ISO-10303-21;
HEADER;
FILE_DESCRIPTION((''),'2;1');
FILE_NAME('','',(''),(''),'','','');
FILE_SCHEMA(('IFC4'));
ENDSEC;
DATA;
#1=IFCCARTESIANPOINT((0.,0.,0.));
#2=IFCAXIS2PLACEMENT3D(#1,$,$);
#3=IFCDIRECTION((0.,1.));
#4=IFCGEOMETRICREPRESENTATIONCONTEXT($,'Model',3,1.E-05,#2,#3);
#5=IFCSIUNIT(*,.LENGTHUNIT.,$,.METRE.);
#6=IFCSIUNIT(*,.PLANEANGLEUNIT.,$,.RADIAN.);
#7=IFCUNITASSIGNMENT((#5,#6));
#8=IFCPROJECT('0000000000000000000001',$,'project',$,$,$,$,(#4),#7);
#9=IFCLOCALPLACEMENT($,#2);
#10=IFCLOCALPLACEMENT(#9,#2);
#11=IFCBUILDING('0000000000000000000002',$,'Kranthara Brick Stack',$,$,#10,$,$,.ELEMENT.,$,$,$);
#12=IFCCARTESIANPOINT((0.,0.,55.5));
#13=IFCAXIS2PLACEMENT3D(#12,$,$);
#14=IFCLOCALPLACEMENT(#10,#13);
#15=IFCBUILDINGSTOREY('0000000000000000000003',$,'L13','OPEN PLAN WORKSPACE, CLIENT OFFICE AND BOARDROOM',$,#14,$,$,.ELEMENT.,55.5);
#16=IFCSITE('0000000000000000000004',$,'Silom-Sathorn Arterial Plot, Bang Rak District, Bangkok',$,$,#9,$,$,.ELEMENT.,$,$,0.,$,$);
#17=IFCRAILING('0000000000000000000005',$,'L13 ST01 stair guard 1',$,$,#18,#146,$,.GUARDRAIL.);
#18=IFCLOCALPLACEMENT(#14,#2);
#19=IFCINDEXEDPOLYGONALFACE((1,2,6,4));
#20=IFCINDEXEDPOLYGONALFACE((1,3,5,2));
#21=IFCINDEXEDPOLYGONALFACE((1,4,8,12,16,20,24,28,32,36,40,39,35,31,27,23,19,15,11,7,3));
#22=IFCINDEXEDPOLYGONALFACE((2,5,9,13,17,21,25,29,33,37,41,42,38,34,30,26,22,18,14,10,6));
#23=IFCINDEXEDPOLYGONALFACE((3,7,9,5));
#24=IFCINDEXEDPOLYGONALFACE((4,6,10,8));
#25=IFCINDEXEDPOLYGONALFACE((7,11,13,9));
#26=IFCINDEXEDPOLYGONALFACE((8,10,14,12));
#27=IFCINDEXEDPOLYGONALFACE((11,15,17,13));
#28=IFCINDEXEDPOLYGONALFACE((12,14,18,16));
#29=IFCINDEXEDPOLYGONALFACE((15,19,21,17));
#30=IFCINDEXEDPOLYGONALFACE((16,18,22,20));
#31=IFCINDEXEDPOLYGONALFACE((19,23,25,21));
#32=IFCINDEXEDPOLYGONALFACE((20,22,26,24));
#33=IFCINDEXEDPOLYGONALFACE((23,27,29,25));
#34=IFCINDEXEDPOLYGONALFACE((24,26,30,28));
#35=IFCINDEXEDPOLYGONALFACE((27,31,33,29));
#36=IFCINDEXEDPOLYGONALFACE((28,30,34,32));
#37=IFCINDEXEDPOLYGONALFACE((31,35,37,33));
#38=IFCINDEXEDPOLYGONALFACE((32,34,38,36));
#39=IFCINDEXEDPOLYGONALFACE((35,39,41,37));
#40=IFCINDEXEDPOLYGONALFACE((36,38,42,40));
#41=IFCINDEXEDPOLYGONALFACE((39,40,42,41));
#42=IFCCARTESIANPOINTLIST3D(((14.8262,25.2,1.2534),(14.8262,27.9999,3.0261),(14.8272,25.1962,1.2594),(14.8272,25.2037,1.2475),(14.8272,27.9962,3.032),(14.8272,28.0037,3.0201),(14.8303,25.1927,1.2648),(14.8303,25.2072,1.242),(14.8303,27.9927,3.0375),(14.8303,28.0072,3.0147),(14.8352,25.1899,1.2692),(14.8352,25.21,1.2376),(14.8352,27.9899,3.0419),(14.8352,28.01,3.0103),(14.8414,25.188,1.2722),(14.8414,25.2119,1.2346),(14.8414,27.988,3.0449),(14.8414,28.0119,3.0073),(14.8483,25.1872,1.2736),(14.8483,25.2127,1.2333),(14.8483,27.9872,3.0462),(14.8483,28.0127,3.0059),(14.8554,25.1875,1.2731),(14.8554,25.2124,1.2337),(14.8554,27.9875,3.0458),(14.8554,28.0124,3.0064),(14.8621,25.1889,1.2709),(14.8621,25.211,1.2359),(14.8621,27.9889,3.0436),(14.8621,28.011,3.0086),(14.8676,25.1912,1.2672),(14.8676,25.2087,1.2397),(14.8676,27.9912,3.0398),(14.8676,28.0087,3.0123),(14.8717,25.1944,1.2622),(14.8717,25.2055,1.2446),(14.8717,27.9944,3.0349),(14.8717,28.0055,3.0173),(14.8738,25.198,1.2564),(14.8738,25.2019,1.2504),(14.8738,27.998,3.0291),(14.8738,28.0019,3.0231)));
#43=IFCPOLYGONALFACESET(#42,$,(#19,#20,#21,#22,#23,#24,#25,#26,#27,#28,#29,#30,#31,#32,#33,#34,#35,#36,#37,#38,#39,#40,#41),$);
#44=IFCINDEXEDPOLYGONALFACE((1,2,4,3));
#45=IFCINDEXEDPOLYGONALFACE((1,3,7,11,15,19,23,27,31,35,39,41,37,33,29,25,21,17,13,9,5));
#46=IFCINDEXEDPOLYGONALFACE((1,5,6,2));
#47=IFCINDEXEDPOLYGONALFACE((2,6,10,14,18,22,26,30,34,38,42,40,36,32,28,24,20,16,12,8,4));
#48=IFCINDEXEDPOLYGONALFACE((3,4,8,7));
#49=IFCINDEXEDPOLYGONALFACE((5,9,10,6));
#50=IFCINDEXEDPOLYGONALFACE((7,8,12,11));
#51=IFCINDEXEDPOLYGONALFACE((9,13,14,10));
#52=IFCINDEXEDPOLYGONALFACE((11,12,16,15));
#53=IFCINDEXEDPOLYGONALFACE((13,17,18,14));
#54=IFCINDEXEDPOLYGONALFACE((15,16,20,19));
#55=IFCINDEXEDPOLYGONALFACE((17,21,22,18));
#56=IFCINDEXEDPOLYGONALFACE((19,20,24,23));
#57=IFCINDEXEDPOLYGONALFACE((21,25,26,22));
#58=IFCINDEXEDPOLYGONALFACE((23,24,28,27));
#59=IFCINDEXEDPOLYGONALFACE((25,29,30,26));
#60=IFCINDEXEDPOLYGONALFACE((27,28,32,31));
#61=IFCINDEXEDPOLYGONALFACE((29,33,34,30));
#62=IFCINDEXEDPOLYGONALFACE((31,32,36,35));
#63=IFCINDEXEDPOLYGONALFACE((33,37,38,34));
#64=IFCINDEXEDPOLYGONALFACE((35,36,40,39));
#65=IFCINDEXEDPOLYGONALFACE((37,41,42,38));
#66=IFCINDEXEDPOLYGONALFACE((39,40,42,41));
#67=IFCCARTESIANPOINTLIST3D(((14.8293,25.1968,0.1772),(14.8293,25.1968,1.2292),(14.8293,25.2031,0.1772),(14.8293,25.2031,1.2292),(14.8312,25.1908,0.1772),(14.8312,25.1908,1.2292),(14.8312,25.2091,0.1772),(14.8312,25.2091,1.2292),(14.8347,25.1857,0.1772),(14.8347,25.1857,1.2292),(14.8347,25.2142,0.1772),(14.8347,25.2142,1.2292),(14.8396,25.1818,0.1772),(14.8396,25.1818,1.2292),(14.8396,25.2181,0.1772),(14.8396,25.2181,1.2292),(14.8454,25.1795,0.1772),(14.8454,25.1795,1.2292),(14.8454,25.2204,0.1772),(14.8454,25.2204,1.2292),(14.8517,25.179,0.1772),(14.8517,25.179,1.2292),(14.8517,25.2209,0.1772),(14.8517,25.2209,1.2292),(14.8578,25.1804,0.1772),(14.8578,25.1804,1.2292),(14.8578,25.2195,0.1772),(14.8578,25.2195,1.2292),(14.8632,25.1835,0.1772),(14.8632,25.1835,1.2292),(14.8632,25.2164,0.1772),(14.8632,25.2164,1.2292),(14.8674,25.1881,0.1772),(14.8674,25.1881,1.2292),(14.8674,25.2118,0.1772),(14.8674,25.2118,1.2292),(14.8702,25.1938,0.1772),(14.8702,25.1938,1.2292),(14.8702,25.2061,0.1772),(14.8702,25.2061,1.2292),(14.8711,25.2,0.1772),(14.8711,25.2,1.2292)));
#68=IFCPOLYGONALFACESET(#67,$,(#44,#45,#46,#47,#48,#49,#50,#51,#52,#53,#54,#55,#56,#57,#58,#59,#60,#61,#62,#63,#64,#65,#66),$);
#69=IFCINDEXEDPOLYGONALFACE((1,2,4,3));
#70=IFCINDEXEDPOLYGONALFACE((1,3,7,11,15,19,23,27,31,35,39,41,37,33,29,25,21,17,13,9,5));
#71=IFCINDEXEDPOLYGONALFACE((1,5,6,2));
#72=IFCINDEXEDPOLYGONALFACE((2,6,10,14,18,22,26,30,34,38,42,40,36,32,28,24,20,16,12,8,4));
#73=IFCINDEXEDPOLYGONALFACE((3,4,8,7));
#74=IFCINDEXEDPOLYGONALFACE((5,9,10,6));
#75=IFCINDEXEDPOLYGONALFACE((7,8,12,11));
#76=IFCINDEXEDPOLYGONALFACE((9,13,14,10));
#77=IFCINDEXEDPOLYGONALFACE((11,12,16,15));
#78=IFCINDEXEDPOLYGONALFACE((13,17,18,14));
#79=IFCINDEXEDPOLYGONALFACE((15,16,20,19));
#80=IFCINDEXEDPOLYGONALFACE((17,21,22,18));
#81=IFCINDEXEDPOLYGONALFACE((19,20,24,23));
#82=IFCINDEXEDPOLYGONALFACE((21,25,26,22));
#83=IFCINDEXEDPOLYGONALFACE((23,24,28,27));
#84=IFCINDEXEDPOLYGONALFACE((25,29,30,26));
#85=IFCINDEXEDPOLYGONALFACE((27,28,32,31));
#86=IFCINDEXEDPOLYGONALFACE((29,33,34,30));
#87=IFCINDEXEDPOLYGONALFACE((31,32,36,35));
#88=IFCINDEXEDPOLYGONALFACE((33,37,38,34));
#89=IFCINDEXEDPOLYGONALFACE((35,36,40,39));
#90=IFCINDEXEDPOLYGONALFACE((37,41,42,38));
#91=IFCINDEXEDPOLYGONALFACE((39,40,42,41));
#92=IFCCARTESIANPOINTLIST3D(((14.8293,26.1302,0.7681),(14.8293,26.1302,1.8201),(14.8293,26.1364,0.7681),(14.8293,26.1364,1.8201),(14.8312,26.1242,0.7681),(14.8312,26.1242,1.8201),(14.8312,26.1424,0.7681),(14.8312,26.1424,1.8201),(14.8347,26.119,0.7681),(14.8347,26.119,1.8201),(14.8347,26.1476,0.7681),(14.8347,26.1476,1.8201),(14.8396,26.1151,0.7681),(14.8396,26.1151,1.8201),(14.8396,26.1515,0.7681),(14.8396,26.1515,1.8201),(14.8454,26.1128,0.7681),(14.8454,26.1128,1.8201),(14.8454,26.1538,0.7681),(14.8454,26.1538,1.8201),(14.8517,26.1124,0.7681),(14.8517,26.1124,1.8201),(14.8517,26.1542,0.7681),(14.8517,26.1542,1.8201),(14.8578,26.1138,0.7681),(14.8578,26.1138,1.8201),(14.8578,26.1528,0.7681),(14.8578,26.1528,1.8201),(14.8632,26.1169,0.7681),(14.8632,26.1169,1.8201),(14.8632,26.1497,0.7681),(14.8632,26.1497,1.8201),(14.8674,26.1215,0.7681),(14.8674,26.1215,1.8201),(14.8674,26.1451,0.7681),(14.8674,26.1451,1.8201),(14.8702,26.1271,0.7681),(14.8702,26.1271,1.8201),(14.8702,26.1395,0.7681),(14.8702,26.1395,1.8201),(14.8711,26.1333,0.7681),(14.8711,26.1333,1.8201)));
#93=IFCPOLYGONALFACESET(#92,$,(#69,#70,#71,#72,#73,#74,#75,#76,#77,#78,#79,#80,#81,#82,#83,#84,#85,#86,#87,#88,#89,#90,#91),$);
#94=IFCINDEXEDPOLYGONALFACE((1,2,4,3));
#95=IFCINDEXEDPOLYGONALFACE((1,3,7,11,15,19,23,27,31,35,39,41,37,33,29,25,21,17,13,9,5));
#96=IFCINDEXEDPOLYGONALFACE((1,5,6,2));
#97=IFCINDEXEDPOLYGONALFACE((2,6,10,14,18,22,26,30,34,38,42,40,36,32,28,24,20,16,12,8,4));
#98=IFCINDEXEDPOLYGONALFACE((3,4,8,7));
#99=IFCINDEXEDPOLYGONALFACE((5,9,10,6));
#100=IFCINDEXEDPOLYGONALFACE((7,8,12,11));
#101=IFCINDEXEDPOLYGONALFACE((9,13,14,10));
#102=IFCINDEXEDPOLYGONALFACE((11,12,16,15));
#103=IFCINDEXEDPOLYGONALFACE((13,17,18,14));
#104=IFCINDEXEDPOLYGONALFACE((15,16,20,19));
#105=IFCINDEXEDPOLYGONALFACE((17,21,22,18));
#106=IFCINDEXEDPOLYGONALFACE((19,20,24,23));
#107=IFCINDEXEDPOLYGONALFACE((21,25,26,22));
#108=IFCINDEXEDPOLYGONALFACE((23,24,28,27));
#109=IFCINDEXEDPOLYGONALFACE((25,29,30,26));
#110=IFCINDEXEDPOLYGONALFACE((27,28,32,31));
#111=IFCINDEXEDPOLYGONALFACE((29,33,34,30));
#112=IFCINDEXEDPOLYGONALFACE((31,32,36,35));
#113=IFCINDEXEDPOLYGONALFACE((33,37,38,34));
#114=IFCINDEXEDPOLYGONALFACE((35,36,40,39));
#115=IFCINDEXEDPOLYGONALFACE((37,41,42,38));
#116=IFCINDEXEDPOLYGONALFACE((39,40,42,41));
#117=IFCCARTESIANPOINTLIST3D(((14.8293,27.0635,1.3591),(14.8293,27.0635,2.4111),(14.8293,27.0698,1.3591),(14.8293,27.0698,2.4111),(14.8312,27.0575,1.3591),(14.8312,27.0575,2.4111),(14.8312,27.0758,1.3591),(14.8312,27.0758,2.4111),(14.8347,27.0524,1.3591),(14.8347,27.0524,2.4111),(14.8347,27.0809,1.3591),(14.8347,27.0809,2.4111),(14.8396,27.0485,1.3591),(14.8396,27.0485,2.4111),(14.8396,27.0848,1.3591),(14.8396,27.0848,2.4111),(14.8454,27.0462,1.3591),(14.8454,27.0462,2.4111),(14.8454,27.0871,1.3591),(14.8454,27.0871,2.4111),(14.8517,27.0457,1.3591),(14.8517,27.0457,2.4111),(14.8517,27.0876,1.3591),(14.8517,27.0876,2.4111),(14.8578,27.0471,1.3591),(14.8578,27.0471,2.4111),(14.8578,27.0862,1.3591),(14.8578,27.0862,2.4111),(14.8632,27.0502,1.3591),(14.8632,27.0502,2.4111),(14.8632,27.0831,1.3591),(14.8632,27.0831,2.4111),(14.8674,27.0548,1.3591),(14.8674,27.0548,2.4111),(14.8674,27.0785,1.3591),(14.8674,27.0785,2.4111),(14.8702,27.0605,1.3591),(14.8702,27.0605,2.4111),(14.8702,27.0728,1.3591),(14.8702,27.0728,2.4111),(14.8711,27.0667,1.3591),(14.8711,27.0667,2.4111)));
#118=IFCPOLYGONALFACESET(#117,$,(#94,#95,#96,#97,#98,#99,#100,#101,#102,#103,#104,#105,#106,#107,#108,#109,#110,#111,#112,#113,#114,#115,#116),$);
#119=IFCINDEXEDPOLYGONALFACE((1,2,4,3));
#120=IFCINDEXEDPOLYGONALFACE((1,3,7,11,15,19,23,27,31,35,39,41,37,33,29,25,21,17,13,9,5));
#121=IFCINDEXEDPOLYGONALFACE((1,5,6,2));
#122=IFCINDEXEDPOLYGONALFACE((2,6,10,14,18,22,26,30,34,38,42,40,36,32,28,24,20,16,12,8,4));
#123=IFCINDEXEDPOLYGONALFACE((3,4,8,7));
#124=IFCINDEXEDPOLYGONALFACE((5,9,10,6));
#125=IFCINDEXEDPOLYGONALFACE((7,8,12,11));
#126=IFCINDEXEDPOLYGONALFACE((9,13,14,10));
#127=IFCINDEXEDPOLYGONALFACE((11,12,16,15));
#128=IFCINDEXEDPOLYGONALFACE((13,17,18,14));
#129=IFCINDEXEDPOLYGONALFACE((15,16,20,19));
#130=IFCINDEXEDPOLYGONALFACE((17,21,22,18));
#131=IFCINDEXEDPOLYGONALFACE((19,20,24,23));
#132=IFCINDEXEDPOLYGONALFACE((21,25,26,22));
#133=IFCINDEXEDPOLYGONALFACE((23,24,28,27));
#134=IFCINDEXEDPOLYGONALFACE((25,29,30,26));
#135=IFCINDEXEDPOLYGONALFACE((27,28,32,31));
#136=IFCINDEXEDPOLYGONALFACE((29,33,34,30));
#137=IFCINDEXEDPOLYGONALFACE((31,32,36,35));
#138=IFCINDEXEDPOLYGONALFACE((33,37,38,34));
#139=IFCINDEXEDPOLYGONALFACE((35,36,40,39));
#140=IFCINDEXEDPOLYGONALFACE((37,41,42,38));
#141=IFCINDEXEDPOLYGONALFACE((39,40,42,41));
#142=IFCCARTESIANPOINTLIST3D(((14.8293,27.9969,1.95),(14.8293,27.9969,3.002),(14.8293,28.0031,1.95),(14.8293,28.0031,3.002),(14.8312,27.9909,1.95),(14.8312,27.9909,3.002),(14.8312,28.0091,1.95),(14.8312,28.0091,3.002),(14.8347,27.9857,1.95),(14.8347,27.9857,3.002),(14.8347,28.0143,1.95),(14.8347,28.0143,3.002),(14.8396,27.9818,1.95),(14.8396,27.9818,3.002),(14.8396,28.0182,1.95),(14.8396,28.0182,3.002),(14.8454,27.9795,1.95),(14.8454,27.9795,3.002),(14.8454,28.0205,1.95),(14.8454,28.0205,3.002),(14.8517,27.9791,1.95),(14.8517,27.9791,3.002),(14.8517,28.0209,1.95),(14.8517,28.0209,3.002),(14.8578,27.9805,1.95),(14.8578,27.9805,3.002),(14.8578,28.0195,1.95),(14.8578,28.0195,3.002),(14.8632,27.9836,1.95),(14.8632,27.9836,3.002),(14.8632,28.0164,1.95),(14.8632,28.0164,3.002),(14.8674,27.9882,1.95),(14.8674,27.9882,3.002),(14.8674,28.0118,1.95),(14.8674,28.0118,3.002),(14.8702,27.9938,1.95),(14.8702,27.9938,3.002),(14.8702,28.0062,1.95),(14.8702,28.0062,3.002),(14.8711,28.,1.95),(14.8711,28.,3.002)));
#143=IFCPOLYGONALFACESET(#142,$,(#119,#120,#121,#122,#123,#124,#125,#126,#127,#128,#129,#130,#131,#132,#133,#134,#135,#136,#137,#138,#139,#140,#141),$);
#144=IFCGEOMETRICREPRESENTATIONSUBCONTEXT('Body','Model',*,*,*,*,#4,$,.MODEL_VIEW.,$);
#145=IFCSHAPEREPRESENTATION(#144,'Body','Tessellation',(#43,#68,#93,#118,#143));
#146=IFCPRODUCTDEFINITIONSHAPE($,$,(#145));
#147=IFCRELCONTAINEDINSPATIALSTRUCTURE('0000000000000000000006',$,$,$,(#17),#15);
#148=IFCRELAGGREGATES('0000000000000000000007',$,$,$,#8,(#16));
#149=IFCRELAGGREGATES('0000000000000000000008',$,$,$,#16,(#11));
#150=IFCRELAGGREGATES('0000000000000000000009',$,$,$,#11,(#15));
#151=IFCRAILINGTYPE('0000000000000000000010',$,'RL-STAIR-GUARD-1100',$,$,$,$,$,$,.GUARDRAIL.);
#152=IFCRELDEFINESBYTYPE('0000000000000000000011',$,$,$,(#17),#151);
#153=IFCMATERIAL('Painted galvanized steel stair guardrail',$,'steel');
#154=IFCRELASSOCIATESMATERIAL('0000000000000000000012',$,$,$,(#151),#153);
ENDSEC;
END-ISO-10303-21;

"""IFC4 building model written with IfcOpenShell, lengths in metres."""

from ifc_helpers import new_model, si_unit, direction, frame, origin, origin_2d, place, context, subcontext, project, spatial, circle, extrude, material, type_object, element, save


model = new_model("IFC4")

# Units and contexts
model_context = context("Model", 3, precision=1e-05, world=origin(), true_north=direction((0.0, 1.0)))
body_context = subcontext(model_context, "Body", "Model", "MODEL_VIEW")
ifc_project = project(units=[si_unit("LENGTHUNIT", "METRE"), si_unit("PLANEANGLEUNIT", "RADIAN")], contexts=[model_context])

# Site, building, storey
site_placement = place(None, origin())
site = spatial("IfcSite", under=ifc_project, at=site_placement, Name="Silom-Sathorn Arterial Plot, Bang Rak District, Bangkok", CompositionType="ELEMENT", RefElevation=0.0)
building_placement = place(site_placement, origin())
building = spatial("IfcBuilding", under=site, at=building_placement, Name="Kranthara Brick Stack", CompositionType="ELEMENT")
storey_placement = place(building_placement, frame((0.0, 0.0, 55.5)))
storey = spatial("IfcBuildingStorey", under=building, at=storey_placement, Name="L13", Description="OPEN PLAN WORKSPACE, CLIENT OFFICE AND BOARDROOM", CompositionType="ELEMENT", Elevation=55.5)

# Railing
ifc_material_1 = material(Name="Painted galvanized steel stair guardrail", Category="steel")
railing_type_1 = type_object("IfcRailingType", Name="RL-STAIR-GUARD-1100", PredefinedType="GUARDRAIL", material=ifc_material_1)
railing_1_placement = place(storey_placement, frame((14.8501, 25.2, 0.1772)))
element("IfcRailing", 1, at=railing_1_placement, inside=storey, type_object=railing_type_1, Name="L13 ST01 stair guard 1", PredefinedType="GUARDRAIL", context=body_context, shape_type="SweptSolid", body=[
    extrude(circle(Radius=0.0239, at=origin_2d()), frame((0.0, 0.0, 1.0762), z_axis=(0.0, 0.844909, 0.53491), x_axis=(-1.0, 0.0, 0.0)), (0.0, 0.0, 1.0), 3.314),
    extrude(circle(Radius=0.021, at=origin_2d()), origin(), (0.0, 0.0, 1.0), 1.052),
    extrude(circle(Radius=0.021, at=origin_2d()), frame((0.0, 0.9333, 0.5908)), (0.0, 0.0, 1.0), 1.052),
    extrude(circle(Radius=0.021, at=origin_2d()), frame((0.0, 1.8667, 1.1819)), (0.0, 0.0, 1.0), 1.052),
    extrude(circle(Radius=0.021, at=origin_2d()), frame((0.0, 2.8, 1.7727)), (0.0, 0.0, 1.0), 1.052),
])

save(model, "model.ifc")
